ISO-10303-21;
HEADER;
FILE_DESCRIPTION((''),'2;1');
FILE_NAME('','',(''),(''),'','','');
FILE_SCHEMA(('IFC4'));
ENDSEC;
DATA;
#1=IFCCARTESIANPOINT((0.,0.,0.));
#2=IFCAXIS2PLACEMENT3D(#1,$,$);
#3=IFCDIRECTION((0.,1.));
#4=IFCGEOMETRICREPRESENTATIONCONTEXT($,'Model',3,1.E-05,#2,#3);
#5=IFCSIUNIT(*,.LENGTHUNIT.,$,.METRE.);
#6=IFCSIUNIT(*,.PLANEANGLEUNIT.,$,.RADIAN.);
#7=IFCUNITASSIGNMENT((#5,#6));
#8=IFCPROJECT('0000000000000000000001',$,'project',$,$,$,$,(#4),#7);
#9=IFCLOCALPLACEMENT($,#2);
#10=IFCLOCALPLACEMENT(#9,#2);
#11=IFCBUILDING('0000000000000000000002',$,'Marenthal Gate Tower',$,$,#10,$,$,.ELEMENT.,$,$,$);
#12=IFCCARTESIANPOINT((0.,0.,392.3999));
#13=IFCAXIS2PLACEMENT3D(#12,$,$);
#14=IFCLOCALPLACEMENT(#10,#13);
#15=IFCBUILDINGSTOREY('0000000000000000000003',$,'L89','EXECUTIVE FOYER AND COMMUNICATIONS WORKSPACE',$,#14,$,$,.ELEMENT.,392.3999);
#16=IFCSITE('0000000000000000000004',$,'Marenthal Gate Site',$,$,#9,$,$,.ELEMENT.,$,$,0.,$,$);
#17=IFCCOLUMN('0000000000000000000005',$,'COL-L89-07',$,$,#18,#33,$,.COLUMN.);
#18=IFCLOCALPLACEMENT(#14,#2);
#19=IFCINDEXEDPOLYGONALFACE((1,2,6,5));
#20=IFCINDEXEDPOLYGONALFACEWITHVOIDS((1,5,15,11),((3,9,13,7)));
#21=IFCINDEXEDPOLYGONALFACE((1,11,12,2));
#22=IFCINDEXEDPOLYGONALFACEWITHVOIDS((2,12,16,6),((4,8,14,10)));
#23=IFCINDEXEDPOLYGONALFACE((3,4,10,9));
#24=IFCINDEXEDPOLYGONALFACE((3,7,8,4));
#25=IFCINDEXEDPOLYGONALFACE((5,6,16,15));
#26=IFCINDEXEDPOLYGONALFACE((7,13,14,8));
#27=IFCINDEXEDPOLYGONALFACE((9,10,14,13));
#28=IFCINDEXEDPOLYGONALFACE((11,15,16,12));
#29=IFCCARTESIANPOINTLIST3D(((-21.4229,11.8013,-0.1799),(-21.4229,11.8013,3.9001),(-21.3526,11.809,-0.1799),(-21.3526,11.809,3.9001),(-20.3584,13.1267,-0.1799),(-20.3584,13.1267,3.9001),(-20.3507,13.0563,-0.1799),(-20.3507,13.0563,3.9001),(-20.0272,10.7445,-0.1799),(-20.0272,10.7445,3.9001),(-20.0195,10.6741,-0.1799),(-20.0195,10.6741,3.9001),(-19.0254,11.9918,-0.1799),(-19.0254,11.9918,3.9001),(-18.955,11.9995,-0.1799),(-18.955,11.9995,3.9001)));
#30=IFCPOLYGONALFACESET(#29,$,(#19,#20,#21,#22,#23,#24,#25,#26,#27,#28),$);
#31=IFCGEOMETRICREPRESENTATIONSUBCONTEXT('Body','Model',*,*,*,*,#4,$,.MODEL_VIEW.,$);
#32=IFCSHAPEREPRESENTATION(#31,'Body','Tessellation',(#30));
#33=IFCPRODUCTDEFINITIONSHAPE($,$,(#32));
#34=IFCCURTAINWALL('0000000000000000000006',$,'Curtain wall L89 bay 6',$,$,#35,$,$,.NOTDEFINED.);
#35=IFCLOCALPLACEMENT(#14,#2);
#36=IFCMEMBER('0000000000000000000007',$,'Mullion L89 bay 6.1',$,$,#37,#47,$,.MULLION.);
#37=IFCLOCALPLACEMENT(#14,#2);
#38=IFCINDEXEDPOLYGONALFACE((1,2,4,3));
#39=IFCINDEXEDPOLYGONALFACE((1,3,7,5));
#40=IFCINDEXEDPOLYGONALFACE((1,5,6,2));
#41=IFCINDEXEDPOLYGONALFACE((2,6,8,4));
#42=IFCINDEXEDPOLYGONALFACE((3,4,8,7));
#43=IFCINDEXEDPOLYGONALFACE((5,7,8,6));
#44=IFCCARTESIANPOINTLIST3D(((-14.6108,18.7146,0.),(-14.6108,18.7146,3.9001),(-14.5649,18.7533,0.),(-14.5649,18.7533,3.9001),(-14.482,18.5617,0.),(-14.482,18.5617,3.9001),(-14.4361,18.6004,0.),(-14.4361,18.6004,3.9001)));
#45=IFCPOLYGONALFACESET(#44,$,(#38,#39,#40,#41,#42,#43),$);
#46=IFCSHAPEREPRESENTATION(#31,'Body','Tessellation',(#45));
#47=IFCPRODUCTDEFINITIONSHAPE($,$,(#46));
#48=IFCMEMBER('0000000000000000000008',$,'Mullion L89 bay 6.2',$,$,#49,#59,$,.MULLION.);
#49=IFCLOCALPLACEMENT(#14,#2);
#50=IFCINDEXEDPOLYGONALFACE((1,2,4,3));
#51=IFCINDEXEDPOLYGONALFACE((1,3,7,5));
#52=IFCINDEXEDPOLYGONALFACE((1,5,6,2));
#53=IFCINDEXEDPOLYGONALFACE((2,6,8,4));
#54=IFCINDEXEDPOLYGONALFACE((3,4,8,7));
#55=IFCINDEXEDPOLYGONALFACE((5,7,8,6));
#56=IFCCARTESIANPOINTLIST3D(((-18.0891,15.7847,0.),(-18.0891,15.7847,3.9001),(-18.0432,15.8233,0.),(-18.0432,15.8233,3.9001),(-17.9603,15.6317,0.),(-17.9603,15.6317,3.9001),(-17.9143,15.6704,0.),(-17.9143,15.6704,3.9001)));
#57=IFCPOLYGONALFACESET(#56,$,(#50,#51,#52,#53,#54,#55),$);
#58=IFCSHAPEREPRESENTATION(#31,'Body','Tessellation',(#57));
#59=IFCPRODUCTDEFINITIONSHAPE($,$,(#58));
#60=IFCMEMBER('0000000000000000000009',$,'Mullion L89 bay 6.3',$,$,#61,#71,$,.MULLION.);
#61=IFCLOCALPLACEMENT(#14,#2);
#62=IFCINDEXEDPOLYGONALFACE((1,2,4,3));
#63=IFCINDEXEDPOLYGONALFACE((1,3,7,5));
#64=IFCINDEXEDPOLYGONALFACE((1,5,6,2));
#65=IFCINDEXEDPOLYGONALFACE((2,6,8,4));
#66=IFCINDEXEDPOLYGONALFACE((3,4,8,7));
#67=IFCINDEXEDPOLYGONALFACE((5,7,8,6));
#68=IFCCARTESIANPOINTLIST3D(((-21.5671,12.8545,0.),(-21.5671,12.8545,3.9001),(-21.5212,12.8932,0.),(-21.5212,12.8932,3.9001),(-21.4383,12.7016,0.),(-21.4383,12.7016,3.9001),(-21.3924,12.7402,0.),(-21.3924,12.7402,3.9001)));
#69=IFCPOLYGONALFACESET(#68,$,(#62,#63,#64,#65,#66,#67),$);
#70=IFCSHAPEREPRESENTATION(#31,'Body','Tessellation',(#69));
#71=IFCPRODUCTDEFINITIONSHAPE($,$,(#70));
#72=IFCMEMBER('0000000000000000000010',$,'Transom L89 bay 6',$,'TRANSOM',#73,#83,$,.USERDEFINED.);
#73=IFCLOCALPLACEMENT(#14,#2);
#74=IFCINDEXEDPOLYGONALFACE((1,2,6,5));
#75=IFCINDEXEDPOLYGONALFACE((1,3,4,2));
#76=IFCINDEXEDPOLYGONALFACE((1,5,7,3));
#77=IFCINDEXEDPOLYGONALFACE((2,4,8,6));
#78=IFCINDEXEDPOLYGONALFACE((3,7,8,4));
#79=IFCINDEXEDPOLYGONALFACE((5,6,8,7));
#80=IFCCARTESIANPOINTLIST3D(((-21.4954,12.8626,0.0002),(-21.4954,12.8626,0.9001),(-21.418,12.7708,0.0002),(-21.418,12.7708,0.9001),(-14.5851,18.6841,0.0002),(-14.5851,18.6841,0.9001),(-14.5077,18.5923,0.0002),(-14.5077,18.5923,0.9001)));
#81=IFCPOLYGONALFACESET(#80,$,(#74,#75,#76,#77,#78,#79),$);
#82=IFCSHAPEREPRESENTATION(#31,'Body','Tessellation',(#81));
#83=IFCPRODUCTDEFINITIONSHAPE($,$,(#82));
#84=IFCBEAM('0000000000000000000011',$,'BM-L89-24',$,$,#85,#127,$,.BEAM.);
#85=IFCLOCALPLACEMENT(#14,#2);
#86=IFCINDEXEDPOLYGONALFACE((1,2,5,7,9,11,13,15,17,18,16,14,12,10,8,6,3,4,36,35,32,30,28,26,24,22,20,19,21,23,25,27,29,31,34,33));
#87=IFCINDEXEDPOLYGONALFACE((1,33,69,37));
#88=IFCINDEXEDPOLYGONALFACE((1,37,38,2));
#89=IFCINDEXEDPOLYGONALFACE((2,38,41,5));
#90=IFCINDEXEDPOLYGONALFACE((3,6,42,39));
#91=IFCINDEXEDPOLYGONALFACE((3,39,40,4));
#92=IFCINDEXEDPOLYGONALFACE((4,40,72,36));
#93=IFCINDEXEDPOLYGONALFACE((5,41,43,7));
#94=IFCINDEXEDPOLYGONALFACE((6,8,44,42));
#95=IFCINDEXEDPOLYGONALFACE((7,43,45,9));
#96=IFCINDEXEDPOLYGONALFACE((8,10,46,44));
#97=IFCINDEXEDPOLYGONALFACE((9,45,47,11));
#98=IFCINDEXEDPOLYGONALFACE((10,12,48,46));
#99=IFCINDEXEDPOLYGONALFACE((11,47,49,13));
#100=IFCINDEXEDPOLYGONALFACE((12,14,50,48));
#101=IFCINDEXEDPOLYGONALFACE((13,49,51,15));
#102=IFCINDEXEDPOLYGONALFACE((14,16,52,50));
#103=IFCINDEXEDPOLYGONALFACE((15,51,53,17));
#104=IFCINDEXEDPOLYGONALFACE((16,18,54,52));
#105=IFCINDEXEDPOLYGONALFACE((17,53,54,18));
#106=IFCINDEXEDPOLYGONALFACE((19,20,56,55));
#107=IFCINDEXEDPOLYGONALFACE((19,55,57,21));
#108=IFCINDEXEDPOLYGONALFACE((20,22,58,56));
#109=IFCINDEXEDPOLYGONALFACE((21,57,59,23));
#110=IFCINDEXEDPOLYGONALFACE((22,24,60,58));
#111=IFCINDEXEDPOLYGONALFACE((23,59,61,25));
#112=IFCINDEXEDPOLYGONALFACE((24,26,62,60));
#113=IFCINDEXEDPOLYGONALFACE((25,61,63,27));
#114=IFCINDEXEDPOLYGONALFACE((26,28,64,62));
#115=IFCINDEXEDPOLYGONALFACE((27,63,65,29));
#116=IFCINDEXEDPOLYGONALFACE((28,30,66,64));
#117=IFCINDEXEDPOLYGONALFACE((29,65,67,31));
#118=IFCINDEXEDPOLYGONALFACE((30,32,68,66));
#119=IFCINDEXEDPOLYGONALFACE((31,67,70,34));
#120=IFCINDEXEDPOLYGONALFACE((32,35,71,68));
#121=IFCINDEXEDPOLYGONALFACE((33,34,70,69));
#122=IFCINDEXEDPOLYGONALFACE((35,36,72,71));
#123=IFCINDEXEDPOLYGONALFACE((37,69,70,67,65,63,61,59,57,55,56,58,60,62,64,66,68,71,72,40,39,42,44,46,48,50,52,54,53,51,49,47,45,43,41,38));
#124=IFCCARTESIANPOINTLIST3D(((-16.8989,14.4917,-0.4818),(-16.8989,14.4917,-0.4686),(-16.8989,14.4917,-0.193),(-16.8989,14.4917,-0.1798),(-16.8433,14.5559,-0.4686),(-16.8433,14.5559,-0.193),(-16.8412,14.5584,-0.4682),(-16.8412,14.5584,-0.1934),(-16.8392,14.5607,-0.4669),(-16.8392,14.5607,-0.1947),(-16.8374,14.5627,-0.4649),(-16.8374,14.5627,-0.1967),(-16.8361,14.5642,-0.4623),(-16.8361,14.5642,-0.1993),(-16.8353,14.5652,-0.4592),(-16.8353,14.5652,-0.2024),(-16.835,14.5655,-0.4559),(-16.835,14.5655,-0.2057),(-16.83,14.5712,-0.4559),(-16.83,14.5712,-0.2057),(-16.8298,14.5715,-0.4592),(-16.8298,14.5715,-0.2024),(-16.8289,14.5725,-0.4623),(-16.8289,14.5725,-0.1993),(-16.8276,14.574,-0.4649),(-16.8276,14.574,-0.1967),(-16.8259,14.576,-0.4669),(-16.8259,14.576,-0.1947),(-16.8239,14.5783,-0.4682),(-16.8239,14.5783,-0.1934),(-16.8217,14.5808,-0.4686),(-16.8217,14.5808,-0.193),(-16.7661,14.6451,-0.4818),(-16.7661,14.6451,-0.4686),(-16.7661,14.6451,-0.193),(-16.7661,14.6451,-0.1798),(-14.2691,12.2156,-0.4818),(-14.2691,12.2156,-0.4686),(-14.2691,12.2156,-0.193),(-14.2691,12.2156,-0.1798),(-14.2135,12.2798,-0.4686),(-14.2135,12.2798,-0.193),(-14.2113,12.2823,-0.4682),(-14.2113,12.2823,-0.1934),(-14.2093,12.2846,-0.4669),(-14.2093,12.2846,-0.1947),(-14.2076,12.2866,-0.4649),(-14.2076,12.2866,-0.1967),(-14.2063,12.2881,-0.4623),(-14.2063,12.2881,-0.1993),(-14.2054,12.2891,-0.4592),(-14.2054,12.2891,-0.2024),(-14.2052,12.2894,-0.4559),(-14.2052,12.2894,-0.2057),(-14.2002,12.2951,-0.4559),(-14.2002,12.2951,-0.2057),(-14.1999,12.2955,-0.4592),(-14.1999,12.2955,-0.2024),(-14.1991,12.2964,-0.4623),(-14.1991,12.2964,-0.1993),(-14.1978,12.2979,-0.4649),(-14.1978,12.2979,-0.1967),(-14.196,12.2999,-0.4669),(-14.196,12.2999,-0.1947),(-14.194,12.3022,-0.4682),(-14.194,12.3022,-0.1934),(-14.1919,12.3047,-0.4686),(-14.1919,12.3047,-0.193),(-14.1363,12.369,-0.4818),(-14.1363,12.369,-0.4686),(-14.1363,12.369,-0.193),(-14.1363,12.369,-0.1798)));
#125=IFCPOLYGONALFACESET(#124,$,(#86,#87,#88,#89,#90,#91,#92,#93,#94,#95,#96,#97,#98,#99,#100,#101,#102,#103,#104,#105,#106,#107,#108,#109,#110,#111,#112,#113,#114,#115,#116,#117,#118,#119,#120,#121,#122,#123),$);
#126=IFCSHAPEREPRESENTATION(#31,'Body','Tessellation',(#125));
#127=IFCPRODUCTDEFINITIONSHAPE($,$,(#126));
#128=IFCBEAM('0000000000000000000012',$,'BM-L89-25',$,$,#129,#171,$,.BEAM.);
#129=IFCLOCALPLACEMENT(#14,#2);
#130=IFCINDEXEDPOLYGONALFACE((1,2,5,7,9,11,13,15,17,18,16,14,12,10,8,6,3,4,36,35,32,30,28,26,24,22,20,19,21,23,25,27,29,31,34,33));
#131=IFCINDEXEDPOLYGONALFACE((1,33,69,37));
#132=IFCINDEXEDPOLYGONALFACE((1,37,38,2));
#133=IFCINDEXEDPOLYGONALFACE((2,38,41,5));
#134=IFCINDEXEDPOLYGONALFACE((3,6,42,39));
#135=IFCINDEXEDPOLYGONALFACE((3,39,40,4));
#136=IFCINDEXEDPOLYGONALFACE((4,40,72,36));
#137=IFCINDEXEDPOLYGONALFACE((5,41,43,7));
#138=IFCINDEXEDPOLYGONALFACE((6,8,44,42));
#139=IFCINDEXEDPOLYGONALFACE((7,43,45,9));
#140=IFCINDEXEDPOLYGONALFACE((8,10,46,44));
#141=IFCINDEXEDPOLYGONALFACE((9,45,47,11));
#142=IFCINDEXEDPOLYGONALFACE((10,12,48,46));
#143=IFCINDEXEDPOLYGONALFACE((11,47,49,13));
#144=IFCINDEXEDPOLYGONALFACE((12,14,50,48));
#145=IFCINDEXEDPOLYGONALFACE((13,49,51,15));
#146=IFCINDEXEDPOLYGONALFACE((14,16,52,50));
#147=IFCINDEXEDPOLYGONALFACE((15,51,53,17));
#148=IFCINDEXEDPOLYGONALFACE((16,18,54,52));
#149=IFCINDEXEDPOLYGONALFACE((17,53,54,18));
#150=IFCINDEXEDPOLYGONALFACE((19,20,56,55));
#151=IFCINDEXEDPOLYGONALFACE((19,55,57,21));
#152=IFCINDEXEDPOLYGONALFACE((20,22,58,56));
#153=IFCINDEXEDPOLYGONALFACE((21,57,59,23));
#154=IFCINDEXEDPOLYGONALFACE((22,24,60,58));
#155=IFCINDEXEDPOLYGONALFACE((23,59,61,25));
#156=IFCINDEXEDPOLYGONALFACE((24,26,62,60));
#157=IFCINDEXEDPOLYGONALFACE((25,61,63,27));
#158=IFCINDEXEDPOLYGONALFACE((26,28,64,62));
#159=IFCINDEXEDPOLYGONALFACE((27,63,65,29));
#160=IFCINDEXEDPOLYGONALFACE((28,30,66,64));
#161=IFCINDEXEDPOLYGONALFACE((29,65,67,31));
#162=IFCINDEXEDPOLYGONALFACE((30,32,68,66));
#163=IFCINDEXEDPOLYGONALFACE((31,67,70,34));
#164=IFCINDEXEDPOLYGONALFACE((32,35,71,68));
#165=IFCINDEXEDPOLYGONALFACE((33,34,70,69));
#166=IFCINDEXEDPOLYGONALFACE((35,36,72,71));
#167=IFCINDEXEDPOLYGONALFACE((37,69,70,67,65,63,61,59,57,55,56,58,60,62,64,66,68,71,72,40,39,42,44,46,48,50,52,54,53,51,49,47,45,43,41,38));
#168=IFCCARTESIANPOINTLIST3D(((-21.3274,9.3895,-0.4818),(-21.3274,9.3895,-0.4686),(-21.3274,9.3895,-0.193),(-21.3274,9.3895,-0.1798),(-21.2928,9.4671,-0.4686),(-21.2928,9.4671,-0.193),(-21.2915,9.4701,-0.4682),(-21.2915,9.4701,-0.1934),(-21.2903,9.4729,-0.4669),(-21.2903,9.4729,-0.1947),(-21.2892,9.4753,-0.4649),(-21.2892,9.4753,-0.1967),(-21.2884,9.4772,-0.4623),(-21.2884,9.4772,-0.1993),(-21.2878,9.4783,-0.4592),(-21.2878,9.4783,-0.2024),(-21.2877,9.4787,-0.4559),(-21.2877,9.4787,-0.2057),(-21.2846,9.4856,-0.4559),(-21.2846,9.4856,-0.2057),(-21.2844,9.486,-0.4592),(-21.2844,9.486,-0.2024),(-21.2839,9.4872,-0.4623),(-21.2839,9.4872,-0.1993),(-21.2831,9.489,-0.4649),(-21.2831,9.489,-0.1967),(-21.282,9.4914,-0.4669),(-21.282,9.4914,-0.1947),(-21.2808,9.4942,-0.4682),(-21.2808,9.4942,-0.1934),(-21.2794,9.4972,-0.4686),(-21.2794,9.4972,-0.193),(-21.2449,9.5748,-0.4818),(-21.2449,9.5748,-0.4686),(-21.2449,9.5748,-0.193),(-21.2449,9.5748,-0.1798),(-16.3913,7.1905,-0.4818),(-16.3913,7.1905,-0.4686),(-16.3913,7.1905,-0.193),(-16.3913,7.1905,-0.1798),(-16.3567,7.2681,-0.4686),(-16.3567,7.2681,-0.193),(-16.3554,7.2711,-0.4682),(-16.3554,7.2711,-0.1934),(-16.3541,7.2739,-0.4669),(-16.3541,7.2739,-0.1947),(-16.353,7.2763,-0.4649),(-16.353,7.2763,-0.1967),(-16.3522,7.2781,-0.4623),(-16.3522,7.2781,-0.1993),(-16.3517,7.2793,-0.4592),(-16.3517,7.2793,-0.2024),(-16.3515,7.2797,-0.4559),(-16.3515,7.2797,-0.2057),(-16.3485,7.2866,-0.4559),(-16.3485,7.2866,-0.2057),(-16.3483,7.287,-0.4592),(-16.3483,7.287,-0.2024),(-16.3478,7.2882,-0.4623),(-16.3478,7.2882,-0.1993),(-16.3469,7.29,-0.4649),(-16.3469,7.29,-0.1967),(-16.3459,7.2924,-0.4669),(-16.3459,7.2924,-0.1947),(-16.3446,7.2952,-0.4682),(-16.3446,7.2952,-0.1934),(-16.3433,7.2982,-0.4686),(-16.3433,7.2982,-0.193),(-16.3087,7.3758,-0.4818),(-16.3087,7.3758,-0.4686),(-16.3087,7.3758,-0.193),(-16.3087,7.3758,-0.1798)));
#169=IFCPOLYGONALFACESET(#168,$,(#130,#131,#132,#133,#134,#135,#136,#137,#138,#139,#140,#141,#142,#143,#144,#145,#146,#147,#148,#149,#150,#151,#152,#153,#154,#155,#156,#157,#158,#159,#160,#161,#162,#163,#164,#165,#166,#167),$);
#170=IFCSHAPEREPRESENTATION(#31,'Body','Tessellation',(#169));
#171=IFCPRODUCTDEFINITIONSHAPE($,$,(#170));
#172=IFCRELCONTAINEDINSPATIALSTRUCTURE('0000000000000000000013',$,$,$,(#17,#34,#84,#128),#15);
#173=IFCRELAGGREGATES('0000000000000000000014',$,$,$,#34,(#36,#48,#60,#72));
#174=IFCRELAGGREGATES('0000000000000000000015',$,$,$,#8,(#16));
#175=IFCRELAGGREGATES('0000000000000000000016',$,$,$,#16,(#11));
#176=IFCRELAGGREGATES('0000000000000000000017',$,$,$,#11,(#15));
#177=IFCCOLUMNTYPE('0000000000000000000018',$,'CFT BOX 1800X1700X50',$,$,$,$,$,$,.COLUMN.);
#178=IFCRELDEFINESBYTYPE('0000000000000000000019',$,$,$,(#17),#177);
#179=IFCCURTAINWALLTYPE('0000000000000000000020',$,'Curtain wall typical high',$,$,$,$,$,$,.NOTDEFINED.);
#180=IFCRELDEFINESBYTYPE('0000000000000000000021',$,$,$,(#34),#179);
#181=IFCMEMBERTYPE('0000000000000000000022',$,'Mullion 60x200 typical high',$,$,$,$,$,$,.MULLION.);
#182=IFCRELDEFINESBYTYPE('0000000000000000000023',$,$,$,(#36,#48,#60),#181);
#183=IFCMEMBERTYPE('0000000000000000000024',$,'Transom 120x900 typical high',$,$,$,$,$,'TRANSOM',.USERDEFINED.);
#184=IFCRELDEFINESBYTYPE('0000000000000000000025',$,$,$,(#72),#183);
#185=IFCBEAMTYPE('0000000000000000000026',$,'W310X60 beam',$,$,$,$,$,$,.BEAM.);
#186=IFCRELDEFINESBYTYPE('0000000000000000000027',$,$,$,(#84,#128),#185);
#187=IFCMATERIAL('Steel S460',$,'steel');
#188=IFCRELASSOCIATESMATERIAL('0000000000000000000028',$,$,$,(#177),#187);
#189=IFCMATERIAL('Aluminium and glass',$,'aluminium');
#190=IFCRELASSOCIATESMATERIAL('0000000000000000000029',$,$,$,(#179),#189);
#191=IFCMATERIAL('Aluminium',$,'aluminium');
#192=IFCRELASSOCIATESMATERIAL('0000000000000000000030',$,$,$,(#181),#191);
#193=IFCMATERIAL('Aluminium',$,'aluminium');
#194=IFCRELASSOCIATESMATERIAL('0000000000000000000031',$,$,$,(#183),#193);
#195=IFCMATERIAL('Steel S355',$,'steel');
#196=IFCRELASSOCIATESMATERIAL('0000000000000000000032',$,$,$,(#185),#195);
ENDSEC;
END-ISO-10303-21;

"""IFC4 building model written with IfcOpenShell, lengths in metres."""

from ifc_helpers import new_model, si_unit, direction, frame, origin, origin_2d, place, context, subcontext, project, spatial, rectangle, hollow_rectangle, i_section, extrude, material, material_profile, profile_set, type_object, element, aggregate, save


model = new_model("IFC4")

# Units and contexts
model_context = context("Model", 3, precision=1e-05, world=origin(), true_north=direction((0.0, 1.0)))
body_context = subcontext(model_context, "Body", "Model", "MODEL_VIEW")
ifc_project = project(units=[si_unit("LENGTHUNIT", "METRE"), si_unit("PLANEANGLEUNIT", "RADIAN")], contexts=[model_context])

# Site, building, storey
site_placement = place(None, origin())
site = spatial("IfcSite", under=ifc_project, at=site_placement, Name="Marenthal Gate Site", CompositionType="ELEMENT", RefElevation=0.0)
building_placement = place(site_placement, origin())
building = spatial("IfcBuilding", under=site, at=building_placement, Name="Marenthal Gate Tower", CompositionType="ELEMENT")
storey_placement = place(building_placement, frame((0.0, 0.0, 392.3999)))
storey = spatial("IfcBuildingStorey", under=building, at=storey_placement, Name="L89", Description="EXECUTIVE FOYER AND COMMUNICATIONS WORKSPACE", CompositionType="ELEMENT", Elevation=392.3999)

# Column
ifc_material_1 = material(Name="Steel S460", Category="steel")
ifc_material_profile_1 = material_profile(ifc_material_1, hollow_rectangle(XDim=1.7, YDim=1.8, WallThickness=0.05, at=origin_2d()), Name="CFT BOX 1800X1700X50")
ifc_material_2 = material(Name="Concrete 70 MPa", Category="concrete")
ifc_material_profile_2 = material_profile(ifc_material_2, rectangle(XDim=1.6001, YDim=1.7, at=origin_2d()), Name="CFT BOX 1800X1700X50 INFILL")
ifc_profile_set_1 = profile_set([ifc_material_profile_1, ifc_material_profile_2], Name="Steel S460 shell, Concrete 70 MPa infill")
column_type = type_object("IfcColumnType", Name="CFT BOX 1800X1700X50", PredefinedType="COLUMN", material=ifc_profile_set_1)
column_placement = place(storey_placement, frame((-20.189, 11.9004, -0.1799), z_axis=(0.0, 0.0, 1.0), x_axis=(0.626198, 0.779664, 0.0)))
element("IfcColumn", 1, at=column_placement, inside=storey, type_object=column_type, Name="COL-L89-07", PredefinedType="COLUMN", context=body_context, shape_type="SweptSolid", body=[
    extrude(hollow_rectangle(XDim=1.7, YDim=1.8, WallThickness=0.05, at=origin_2d()), origin(), (0.0, 0.0, 1.0), 4.0801),
])

# Curtain wall, members
ifc_material_3 = material(Name="Aluminium and glass", Category="aluminium")
curtain_wall_type = type_object("IfcCurtainWallType", Name="Curtain wall typical high", PredefinedType="NOTDEFINED", material=ifc_material_3)
curtain_wall_placement = place(storey_placement, origin())
curtain_wall = element("IfcCurtainWall", 2, at=curtain_wall_placement, inside=storey, type_object=curtain_wall_type, Name="Curtain wall L89 bay 6", PredefinedType="NOTDEFINED")
ifc_material_4 = material(Name="Aluminium", Category="aluminium")
ifc_material_profile_3 = material_profile(ifc_material_4, rectangle(XDim=0.2, YDim=0.0601, at=origin_2d()), Name="60x200 aluminium mullion")
ifc_profile_set_2 = profile_set([ifc_material_profile_3], Name="Aluminium")
member_type_1 = type_object("IfcMemberType", Name="Mullion 60x200 typical high", PredefinedType="MULLION", material=ifc_profile_set_2)
member_1_placement = place(storey_placement, frame((-14.5234, 18.6575, 0.0), z_axis=(0.0, 0.0, 1.0), x_axis=(0.644265, -0.764802, 0.0)))
member_1 = element("IfcMember", 3, at=member_1_placement, type_object=member_type_1, Name="Mullion L89 bay 6.1", PredefinedType="MULLION", context=body_context, shape_type="SweptSolid", body=[
    extrude(rectangle(XDim=0.2, YDim=0.0601, at=origin_2d()), origin(), (0.0, 0.0, 1.0), 3.9001),
])
member_2_placement = place(storey_placement, frame((-18.0017, 15.7275, 0.0), z_axis=(0.0, 0.0, 1.0), x_axis=(0.644265, -0.764802, 0.0)))
member_2 = element("IfcMember", 4, at=member_2_placement, type_object=member_type_1, Name="Mullion L89 bay 6.2", PredefinedType="MULLION", context=body_context, shape_type="SweptSolid", body=[
    extrude(rectangle(XDim=0.2, YDim=0.0601, at=origin_2d()), origin(), (0.0, 0.0, 1.0), 3.9001),
])
member_3_placement = place(storey_placement, frame((-21.4797, 12.7974, 0.0), z_axis=(0.0, 0.0, 1.0), x_axis=(0.644265, -0.764802, 0.0)))
member_3 = element("IfcMember", 5, at=member_3_placement, type_object=member_type_1, Name="Mullion L89 bay 6.3", PredefinedType="MULLION", context=body_context, shape_type="SweptSolid", body=[
    extrude(rectangle(XDim=0.2, YDim=0.0601, at=origin_2d()), origin(), (0.0, 0.0, 1.0), 3.9001),
])
ifc_material_5 = material(Name="Aluminium", Category="aluminium")
ifc_material_profile_4 = material_profile(ifc_material_5, rectangle(XDim=0.1201, YDim=0.8999, at=origin_2d()), Name="120x900 aluminium transom")
ifc_profile_set_3 = profile_set([ifc_material_profile_4], Name="Aluminium")
member_type_2 = type_object("IfcMemberType", Name="Transom 120x900 typical high", ElementType="TRANSOM", PredefinedType="USERDEFINED", material=ifc_profile_set_3)
member_4_placement = place(storey_placement, frame((-14.5464, 18.6382, 0.4502), z_axis=(-0.764789, -0.644281, 0.0), x_axis=(0.644281, -0.764789, 0.0)))
member_4 = element("IfcMember", 6, at=member_4_placement, type_object=member_type_2, Name="Transom L89 bay 6", ObjectType="TRANSOM", PredefinedType="USERDEFINED", context=body_context, shape_type="SweptSolid", body=[
    extrude(rectangle(XDim=0.1201, YDim=0.8999, at=origin_2d()), origin(), (0.0, 0.0, 1.0), 9.0356),
])

# Beams
ifc_material_6 = material(Name="Steel S355", Category="steel")
ifc_material_profile_5 = material_profile(ifc_material_6, i_section(OverallWidth=0.2029, OverallDepth=0.302, WebThickness=0.0076, FlangeThickness=0.0132, FilletRadius=0.0127, at=origin_2d()), Name="W310X60")
ifc_profile_set_4 = profile_set([ifc_material_profile_5], Name="Steel S355")
beam_type_1 = type_object("IfcBeamType", Name="W310X60 beam", PredefinedType="BEAM", material=ifc_profile_set_4)
beam_1_placement = place(storey_placement, frame((-16.8325, 14.5684, -0.3308), z_axis=(0.756131, -0.65442, 0.0), x_axis=(0.65442, 0.756131, 0.0)))
element("IfcBeam", 7, at=beam_1_placement, inside=storey, type_object=beam_type_1, Name="BM-L89-24", PredefinedType="BEAM", context=body_context, shape_type="SweptSolid", body=[
    extrude(i_section(OverallWidth=0.2029, OverallDepth=0.302, WebThickness=0.0076, FlangeThickness=0.0132, FilletRadius=0.0127, at=origin_2d()), origin(), (0.0, 0.0, 1.0), 3.478),
])
beam_2_placement = place(storey_placement, frame((-21.2861, 9.4822, -0.3308), z_axis=(0.913455, -0.406939, 0.0), x_axis=(0.406939, 0.913455, 0.0)))
element("IfcBeam", 8, at=beam_2_placement, inside=storey, type_object=beam_type_1, Name="BM-L89-25", PredefinedType="BEAM", context=body_context, shape_type="SweptSolid", body=[
    extrude(i_section(OverallWidth=0.2029, OverallDepth=0.302, WebThickness=0.0076, FlangeThickness=0.0132, FilletRadius=0.0127, at=origin_2d()), origin(), (0.0, 0.0, 1.0), 5.4038),
])

aggregate(curtain_wall, [member_1, member_2, member_3, member_4])

save(model, "model.ifc")
